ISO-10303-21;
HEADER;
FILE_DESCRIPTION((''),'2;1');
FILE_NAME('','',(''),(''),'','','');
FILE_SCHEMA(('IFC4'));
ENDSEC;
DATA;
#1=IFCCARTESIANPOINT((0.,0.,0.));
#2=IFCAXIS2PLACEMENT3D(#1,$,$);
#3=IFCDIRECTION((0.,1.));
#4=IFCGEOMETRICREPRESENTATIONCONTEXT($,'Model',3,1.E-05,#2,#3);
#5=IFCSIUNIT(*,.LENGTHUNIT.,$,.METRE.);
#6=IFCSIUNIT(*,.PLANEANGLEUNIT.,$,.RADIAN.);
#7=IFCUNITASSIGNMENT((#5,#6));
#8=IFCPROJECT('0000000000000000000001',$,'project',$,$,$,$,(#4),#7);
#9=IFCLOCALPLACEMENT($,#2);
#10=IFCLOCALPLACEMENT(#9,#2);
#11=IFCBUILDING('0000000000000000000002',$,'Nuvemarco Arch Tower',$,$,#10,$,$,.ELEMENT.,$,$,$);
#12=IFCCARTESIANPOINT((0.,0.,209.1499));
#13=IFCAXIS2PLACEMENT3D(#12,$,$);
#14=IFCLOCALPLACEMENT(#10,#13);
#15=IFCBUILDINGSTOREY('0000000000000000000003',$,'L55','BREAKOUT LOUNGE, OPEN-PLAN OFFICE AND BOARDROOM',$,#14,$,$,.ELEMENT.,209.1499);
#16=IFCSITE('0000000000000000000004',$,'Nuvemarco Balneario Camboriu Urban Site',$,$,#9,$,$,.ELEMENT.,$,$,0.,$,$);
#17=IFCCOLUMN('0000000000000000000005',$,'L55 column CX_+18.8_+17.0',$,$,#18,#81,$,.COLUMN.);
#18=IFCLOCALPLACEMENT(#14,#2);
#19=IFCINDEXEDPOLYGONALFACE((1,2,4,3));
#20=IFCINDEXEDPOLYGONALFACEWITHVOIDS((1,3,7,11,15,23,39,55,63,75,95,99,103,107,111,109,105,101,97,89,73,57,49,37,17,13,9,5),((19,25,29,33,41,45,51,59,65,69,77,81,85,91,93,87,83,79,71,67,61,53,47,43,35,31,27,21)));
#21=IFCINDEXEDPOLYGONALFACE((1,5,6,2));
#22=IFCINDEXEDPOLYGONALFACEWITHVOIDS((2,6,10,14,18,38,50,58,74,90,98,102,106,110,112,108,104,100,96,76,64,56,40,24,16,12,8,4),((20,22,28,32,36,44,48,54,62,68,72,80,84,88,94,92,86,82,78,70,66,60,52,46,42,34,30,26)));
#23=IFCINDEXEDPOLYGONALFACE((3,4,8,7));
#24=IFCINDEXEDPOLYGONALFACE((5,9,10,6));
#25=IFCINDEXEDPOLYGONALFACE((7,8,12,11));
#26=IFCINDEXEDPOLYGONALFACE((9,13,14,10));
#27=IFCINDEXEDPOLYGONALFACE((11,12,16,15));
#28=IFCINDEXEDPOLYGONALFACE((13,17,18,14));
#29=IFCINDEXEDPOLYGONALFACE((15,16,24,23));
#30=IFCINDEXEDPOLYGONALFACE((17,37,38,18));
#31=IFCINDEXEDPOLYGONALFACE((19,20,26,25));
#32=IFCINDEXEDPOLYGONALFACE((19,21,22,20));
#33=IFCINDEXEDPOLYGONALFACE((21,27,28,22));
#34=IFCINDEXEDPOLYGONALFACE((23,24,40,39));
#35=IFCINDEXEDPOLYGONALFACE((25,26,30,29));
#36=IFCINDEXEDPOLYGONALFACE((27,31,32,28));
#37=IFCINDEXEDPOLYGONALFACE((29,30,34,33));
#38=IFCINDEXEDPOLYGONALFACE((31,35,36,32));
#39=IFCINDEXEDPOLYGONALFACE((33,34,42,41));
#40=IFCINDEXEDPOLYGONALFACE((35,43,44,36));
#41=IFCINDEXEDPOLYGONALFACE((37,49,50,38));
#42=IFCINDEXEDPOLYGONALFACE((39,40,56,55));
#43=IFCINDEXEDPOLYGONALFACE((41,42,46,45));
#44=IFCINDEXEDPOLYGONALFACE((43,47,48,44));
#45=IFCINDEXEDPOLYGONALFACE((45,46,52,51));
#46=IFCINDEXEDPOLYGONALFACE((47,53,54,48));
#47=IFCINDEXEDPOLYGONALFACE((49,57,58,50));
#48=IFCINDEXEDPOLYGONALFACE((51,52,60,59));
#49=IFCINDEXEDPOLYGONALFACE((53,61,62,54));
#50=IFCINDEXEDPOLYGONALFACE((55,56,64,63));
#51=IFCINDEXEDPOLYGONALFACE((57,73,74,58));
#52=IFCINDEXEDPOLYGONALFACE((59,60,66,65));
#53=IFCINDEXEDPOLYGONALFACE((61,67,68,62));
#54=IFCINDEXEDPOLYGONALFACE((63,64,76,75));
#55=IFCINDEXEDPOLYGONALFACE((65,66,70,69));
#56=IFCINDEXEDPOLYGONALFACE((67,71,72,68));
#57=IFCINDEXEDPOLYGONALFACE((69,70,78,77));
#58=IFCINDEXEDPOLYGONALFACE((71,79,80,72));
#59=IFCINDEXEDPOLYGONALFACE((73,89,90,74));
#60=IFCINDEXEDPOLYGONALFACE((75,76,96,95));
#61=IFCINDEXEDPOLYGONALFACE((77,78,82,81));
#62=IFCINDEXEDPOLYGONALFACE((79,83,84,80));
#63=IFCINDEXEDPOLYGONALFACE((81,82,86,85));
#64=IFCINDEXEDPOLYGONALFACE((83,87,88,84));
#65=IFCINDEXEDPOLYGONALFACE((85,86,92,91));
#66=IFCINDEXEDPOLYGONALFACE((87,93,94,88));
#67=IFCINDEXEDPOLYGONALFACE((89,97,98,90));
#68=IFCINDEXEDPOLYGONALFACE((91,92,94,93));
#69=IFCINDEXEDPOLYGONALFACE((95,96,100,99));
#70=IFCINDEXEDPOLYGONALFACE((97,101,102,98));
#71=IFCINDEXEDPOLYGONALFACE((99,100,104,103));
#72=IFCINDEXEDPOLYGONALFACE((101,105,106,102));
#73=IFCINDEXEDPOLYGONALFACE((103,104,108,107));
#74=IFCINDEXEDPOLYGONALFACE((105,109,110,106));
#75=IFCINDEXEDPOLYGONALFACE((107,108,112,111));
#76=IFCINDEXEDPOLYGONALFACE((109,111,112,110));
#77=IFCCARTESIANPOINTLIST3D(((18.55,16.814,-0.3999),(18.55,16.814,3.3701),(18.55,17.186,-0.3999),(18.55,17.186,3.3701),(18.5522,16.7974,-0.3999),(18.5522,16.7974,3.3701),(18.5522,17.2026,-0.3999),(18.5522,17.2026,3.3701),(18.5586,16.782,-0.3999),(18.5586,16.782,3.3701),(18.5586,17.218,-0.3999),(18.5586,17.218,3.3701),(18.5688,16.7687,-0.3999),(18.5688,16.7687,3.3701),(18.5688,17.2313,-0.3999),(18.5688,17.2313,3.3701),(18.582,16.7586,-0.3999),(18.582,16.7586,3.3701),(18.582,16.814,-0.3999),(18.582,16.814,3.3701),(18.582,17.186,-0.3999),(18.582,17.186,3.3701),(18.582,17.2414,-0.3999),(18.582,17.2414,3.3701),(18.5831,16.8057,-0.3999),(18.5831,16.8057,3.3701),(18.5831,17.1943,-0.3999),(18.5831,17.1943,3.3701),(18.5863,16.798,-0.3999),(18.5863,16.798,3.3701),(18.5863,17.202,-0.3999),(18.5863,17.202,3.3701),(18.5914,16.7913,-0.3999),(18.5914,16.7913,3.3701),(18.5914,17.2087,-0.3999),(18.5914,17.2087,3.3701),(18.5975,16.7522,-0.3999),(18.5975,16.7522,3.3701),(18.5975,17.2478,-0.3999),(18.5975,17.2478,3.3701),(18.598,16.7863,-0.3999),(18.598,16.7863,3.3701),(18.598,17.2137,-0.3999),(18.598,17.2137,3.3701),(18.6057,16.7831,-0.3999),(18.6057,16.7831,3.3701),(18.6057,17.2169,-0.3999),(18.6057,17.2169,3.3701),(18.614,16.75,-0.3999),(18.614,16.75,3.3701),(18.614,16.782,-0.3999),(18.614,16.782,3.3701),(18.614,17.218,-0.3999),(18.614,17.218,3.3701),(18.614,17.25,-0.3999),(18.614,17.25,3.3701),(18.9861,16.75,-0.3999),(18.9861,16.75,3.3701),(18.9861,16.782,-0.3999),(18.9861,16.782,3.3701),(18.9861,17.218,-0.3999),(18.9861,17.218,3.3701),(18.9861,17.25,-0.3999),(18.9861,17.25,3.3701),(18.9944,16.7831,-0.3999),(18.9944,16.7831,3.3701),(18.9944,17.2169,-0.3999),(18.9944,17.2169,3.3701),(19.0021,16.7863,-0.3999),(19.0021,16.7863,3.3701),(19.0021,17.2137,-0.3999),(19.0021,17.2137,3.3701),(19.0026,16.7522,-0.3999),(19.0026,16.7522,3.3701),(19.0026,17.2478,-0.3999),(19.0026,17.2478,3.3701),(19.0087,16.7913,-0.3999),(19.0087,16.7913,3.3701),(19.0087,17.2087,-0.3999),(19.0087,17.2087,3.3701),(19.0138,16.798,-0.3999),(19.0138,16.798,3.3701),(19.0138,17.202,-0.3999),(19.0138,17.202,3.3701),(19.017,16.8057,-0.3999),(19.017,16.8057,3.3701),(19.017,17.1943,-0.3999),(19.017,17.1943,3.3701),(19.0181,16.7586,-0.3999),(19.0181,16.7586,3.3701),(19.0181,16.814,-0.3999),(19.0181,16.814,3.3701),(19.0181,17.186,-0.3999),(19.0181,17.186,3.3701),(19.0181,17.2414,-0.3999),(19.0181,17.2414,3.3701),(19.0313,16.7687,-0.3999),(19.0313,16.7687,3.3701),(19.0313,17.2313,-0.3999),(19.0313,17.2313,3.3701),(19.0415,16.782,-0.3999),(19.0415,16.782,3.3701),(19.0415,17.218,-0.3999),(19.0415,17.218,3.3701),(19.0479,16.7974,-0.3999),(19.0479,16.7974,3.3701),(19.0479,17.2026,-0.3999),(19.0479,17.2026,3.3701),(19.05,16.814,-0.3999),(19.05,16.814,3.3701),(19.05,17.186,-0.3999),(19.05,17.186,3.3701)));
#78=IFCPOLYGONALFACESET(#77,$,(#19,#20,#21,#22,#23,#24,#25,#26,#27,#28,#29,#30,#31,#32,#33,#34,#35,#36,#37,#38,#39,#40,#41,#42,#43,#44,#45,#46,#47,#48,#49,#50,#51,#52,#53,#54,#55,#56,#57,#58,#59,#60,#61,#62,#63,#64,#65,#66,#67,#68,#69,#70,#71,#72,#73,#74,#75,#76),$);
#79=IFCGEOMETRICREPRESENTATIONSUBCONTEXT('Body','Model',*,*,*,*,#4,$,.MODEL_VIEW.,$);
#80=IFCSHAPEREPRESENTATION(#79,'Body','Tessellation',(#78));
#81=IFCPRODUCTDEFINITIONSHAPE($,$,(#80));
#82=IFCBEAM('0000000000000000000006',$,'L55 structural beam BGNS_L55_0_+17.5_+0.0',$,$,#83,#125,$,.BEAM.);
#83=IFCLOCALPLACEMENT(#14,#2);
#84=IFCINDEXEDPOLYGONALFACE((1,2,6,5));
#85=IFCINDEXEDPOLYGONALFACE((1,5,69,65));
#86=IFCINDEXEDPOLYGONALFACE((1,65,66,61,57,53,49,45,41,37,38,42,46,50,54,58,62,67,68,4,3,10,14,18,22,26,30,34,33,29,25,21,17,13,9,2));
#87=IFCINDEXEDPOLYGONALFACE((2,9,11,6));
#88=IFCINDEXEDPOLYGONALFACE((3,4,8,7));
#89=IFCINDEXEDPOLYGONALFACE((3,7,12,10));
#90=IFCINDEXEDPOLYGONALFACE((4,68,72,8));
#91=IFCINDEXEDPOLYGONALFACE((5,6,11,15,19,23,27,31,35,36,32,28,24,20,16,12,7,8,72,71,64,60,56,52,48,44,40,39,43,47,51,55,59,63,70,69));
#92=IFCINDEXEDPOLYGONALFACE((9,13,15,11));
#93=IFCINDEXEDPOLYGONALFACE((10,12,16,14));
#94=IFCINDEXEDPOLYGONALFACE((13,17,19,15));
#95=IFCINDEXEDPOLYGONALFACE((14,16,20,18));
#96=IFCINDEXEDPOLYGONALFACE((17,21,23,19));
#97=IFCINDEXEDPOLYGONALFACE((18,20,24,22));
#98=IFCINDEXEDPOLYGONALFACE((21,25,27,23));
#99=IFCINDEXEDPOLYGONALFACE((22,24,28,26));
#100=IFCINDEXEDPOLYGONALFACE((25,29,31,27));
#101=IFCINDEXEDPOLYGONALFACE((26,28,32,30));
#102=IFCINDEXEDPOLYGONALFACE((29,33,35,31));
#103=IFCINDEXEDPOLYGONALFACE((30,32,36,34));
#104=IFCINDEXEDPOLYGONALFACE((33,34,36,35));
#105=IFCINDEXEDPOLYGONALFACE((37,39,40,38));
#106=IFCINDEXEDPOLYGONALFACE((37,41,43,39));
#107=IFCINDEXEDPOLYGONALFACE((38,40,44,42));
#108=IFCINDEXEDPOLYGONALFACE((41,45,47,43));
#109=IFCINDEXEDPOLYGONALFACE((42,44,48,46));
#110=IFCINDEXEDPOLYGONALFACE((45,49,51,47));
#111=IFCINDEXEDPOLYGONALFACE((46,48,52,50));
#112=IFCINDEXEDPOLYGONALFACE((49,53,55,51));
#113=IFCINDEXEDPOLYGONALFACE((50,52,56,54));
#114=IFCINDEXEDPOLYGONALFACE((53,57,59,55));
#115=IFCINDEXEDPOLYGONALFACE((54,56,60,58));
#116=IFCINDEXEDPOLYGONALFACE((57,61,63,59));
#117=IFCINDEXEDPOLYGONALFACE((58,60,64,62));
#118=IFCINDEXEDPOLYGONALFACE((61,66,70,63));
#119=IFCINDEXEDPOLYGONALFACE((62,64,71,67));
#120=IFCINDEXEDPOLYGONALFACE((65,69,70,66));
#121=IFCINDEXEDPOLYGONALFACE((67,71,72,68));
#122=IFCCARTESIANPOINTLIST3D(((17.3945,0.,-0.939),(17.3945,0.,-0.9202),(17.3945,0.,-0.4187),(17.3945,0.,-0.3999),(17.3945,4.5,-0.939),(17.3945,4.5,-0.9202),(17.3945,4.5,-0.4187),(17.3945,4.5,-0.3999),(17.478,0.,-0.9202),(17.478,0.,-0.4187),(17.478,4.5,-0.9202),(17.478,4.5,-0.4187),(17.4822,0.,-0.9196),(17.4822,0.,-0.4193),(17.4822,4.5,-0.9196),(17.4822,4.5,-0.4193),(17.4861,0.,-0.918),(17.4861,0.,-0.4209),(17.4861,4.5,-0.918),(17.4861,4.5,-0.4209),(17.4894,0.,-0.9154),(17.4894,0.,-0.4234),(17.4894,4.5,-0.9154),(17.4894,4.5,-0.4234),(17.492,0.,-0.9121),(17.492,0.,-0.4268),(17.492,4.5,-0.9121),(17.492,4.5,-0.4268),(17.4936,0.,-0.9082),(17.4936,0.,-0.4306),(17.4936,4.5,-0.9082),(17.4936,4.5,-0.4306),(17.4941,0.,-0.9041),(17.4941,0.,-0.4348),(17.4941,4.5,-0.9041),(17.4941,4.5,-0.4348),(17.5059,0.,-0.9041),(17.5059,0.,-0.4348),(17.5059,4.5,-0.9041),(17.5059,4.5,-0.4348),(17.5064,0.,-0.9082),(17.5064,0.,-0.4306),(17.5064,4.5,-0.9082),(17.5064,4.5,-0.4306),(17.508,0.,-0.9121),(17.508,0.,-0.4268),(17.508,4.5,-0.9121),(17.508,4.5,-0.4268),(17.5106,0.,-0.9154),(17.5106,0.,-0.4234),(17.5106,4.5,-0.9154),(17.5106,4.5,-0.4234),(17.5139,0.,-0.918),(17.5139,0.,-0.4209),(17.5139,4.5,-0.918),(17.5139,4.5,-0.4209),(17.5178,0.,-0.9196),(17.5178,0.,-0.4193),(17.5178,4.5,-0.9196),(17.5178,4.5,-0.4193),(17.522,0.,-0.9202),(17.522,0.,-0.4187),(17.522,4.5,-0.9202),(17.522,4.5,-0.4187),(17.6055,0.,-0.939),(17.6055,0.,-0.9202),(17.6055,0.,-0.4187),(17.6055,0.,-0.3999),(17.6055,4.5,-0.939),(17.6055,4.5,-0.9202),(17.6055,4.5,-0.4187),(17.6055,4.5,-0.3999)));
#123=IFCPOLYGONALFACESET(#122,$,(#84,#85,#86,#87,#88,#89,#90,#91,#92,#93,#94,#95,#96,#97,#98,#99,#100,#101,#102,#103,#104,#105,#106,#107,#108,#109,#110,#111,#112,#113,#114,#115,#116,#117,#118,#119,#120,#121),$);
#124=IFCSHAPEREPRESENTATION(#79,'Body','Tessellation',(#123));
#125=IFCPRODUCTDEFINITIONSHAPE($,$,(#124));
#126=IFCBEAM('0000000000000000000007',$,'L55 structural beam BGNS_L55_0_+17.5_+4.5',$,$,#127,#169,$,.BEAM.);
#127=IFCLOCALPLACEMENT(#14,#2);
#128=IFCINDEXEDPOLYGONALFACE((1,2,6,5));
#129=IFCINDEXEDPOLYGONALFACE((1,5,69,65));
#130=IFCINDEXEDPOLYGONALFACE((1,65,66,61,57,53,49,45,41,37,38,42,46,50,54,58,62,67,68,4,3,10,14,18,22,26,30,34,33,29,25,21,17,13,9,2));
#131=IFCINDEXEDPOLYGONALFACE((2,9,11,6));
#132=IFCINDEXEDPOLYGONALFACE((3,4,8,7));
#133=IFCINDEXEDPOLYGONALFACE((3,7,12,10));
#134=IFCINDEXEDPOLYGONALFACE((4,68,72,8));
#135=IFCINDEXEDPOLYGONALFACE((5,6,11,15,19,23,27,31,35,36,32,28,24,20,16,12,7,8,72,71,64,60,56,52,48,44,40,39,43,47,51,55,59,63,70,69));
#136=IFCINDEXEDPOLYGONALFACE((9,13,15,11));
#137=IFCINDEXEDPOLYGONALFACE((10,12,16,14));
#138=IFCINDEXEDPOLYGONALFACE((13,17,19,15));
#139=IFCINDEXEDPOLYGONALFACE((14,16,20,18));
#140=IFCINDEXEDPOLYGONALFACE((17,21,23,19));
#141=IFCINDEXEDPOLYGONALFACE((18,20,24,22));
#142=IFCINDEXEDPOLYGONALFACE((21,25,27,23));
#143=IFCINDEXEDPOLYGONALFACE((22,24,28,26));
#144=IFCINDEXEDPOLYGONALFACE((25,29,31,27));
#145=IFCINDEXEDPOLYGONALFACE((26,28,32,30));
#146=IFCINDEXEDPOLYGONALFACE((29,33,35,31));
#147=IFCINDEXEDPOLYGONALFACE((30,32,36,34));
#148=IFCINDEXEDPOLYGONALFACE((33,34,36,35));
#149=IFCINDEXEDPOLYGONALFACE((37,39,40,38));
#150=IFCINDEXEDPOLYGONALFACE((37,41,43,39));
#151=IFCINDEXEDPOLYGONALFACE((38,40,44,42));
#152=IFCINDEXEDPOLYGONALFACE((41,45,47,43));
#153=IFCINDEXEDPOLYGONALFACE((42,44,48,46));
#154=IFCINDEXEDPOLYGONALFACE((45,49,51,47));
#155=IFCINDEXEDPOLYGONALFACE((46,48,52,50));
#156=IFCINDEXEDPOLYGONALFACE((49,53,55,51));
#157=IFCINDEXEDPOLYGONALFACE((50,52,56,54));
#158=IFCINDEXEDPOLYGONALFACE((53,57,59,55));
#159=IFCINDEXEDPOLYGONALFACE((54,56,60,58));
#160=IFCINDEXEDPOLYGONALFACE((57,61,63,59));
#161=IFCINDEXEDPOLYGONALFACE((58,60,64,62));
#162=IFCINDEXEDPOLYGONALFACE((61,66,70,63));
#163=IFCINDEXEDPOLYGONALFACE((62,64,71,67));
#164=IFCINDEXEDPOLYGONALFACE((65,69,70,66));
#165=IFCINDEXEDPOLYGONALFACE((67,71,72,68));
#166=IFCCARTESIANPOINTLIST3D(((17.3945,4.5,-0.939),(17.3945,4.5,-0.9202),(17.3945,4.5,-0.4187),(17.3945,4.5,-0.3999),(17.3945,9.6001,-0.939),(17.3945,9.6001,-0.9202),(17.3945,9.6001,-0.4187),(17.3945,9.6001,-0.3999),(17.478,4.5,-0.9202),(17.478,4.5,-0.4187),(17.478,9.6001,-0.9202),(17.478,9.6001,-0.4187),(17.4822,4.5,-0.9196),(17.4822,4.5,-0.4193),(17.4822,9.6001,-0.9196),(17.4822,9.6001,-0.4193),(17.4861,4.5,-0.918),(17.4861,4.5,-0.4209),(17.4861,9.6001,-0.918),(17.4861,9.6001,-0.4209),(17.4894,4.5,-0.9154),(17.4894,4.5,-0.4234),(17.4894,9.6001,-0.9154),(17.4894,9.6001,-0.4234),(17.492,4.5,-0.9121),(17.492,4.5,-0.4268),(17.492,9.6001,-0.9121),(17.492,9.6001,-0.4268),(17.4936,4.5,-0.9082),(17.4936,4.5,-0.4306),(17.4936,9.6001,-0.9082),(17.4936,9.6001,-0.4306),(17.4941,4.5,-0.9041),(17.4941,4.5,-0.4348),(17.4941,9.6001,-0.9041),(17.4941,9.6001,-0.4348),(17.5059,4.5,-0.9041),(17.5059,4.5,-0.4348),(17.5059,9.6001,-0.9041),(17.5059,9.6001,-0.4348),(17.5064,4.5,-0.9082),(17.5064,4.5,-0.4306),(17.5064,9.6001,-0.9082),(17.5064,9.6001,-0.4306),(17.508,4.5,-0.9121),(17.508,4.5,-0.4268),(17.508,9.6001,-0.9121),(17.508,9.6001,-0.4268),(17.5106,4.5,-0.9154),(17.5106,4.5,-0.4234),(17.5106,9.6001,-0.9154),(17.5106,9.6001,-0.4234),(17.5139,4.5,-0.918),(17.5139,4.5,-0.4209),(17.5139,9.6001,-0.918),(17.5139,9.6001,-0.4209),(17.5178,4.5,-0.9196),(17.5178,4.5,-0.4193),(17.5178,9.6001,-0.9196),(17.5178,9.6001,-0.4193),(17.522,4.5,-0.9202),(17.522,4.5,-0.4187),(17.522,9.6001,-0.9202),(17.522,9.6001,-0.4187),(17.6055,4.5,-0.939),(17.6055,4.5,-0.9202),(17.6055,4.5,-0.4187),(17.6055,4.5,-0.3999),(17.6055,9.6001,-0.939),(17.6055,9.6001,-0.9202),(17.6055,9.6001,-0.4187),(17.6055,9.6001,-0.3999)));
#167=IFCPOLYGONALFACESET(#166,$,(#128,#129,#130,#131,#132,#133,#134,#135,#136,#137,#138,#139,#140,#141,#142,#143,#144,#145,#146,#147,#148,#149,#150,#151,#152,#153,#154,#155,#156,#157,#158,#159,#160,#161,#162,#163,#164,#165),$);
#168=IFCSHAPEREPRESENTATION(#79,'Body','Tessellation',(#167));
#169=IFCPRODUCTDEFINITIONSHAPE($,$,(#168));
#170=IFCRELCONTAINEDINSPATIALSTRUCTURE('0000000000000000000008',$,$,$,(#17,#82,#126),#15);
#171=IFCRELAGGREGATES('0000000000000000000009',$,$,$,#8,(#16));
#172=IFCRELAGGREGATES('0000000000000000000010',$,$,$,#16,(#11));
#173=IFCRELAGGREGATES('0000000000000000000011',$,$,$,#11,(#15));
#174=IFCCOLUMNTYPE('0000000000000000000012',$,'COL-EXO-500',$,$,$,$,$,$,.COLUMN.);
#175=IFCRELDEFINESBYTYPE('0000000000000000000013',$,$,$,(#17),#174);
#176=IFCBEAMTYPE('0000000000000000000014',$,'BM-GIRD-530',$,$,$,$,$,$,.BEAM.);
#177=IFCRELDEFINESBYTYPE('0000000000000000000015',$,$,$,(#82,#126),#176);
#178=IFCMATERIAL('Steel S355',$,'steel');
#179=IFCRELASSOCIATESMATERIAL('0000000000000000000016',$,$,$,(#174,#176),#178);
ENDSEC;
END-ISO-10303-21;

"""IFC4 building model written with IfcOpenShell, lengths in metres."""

from ifc_helpers import new_model, si_unit, direction, frame, origin, origin_2d, place, context, subcontext, project, spatial, hollow_rectangle, i_section, extrude, material, material_profile, profile_set, type_object, element, save


model = new_model("IFC4")

# Units and contexts
model_context = context("Model", 3, precision=1e-05, world=origin(), true_north=direction((0.0, 1.0)))
body_context = subcontext(model_context, "Body", "Model", "MODEL_VIEW")
ifc_project = project(units=[si_unit("LENGTHUNIT", "METRE"), si_unit("PLANEANGLEUNIT", "RADIAN")], contexts=[model_context])

# Site, building, storey
site_placement = place(None, origin())
site = spatial("IfcSite", under=ifc_project, at=site_placement, Name="Nuvemarco Balneario Camboriu Urban Site", CompositionType="ELEMENT", RefElevation=0.0)
building_placement = place(site_placement, origin())
building = spatial("IfcBuilding", under=site, at=building_placement, Name="Nuvemarco Arch Tower", CompositionType="ELEMENT")
storey_placement = place(building_placement, frame((0.0, 0.0, 209.1499)))
storey = spatial("IfcBuildingStorey", under=building, at=storey_placement, Name="L55", Description="BREAKOUT LOUNGE, OPEN-PLAN OFFICE AND BOARDROOM", CompositionType="ELEMENT", Elevation=209.1499)

# Column
ifc_material_1 = material(Name="Steel S355", Category="steel")
ifc_material_profile_1 = material_profile(ifc_material_1, hollow_rectangle(XDim=0.5, YDim=0.5, WallThickness=0.032, InnerFilletRadius=0.032, OuterFilletRadius=0.064, at=origin_2d()), Name="SHS500x500x32")
ifc_profile_set_1 = profile_set([ifc_material_profile_1], Name="Steel S355")
column_type_1 = type_object("IfcColumnType", Name="COL-EXO-500", PredefinedType="COLUMN", material=ifc_profile_set_1)
for number, where, z_axis, x_axis, name in (
    (1, (18.8, 17.0, -0.3999), (0.0, 0.0, 1.0), (1.0, 0.0, 0.0), "L55 column CX_+18.8_+17.0"),
):
    element("IfcColumn", number, at=place(storey_placement, frame(where, z_axis=z_axis, x_axis=x_axis)), inside=storey, type_object=column_type_1, Name=name, PredefinedType="COLUMN", context=body_context, shape_type="SweptSolid", body=[
        extrude(hollow_rectangle(XDim=0.5, YDim=0.5, WallThickness=0.032, InnerFilletRadius=0.032, OuterFilletRadius=0.064, at=origin_2d()), origin(), (0.0, 0.0, 1.0), 3.77),
    ])

# Beams
ifc_material_profile_2 = material_profile(ifc_material_1, i_section(OverallWidth=0.2109, OverallDepth=0.5391, WebThickness=0.0117, FlangeThickness=0.0188, FilletRadius=0.0161, at=origin_2d()), Name="W530x109")
ifc_profile_set_2 = profile_set([ifc_material_profile_2], Name="Steel S355")
beam_type_1 = type_object("IfcBeamType", Name="BM-GIRD-530", PredefinedType="BEAM", material=ifc_profile_set_2)
beam_1_placement = place(storey_placement, frame((17.5, 0.0, -0.6694), z_axis=(0.0, 1.0, 0.0), x_axis=(-1.0, 0.0, 0.0)))
element("IfcBeam", 2, at=beam_1_placement, inside=storey, type_object=beam_type_1, Name="L55 structural beam BGNS_L55_0_+17.5_+0.0", PredefinedType="BEAM", context=body_context, shape_type="SweptSolid", body=[
    extrude(i_section(OverallWidth=0.2109, OverallDepth=0.5391, WebThickness=0.0117, FlangeThickness=0.0188, FilletRadius=0.0161, at=origin_2d()), origin(), (0.0, 0.0, 1.0), 4.5),
])
beam_2_placement = place(storey_placement, frame((17.5, 4.5, -0.6694), z_axis=(0.0, 1.0, 0.0), x_axis=(-1.0, 0.0, 0.0)))
element("IfcBeam", 3, at=beam_2_placement, inside=storey, type_object=beam_type_1, Name="L55 structural beam BGNS_L55_0_+17.5_+4.5", PredefinedType="BEAM", context=body_context, shape_type="SweptSolid", body=[
    extrude(i_section(OverallWidth=0.2109, OverallDepth=0.5391, WebThickness=0.0117, FlangeThickness=0.0188, FilletRadius=0.0161, at=origin_2d()), origin(), (0.0, 0.0, 1.0), 5.1001),
])

save(model, "model.ifc")
